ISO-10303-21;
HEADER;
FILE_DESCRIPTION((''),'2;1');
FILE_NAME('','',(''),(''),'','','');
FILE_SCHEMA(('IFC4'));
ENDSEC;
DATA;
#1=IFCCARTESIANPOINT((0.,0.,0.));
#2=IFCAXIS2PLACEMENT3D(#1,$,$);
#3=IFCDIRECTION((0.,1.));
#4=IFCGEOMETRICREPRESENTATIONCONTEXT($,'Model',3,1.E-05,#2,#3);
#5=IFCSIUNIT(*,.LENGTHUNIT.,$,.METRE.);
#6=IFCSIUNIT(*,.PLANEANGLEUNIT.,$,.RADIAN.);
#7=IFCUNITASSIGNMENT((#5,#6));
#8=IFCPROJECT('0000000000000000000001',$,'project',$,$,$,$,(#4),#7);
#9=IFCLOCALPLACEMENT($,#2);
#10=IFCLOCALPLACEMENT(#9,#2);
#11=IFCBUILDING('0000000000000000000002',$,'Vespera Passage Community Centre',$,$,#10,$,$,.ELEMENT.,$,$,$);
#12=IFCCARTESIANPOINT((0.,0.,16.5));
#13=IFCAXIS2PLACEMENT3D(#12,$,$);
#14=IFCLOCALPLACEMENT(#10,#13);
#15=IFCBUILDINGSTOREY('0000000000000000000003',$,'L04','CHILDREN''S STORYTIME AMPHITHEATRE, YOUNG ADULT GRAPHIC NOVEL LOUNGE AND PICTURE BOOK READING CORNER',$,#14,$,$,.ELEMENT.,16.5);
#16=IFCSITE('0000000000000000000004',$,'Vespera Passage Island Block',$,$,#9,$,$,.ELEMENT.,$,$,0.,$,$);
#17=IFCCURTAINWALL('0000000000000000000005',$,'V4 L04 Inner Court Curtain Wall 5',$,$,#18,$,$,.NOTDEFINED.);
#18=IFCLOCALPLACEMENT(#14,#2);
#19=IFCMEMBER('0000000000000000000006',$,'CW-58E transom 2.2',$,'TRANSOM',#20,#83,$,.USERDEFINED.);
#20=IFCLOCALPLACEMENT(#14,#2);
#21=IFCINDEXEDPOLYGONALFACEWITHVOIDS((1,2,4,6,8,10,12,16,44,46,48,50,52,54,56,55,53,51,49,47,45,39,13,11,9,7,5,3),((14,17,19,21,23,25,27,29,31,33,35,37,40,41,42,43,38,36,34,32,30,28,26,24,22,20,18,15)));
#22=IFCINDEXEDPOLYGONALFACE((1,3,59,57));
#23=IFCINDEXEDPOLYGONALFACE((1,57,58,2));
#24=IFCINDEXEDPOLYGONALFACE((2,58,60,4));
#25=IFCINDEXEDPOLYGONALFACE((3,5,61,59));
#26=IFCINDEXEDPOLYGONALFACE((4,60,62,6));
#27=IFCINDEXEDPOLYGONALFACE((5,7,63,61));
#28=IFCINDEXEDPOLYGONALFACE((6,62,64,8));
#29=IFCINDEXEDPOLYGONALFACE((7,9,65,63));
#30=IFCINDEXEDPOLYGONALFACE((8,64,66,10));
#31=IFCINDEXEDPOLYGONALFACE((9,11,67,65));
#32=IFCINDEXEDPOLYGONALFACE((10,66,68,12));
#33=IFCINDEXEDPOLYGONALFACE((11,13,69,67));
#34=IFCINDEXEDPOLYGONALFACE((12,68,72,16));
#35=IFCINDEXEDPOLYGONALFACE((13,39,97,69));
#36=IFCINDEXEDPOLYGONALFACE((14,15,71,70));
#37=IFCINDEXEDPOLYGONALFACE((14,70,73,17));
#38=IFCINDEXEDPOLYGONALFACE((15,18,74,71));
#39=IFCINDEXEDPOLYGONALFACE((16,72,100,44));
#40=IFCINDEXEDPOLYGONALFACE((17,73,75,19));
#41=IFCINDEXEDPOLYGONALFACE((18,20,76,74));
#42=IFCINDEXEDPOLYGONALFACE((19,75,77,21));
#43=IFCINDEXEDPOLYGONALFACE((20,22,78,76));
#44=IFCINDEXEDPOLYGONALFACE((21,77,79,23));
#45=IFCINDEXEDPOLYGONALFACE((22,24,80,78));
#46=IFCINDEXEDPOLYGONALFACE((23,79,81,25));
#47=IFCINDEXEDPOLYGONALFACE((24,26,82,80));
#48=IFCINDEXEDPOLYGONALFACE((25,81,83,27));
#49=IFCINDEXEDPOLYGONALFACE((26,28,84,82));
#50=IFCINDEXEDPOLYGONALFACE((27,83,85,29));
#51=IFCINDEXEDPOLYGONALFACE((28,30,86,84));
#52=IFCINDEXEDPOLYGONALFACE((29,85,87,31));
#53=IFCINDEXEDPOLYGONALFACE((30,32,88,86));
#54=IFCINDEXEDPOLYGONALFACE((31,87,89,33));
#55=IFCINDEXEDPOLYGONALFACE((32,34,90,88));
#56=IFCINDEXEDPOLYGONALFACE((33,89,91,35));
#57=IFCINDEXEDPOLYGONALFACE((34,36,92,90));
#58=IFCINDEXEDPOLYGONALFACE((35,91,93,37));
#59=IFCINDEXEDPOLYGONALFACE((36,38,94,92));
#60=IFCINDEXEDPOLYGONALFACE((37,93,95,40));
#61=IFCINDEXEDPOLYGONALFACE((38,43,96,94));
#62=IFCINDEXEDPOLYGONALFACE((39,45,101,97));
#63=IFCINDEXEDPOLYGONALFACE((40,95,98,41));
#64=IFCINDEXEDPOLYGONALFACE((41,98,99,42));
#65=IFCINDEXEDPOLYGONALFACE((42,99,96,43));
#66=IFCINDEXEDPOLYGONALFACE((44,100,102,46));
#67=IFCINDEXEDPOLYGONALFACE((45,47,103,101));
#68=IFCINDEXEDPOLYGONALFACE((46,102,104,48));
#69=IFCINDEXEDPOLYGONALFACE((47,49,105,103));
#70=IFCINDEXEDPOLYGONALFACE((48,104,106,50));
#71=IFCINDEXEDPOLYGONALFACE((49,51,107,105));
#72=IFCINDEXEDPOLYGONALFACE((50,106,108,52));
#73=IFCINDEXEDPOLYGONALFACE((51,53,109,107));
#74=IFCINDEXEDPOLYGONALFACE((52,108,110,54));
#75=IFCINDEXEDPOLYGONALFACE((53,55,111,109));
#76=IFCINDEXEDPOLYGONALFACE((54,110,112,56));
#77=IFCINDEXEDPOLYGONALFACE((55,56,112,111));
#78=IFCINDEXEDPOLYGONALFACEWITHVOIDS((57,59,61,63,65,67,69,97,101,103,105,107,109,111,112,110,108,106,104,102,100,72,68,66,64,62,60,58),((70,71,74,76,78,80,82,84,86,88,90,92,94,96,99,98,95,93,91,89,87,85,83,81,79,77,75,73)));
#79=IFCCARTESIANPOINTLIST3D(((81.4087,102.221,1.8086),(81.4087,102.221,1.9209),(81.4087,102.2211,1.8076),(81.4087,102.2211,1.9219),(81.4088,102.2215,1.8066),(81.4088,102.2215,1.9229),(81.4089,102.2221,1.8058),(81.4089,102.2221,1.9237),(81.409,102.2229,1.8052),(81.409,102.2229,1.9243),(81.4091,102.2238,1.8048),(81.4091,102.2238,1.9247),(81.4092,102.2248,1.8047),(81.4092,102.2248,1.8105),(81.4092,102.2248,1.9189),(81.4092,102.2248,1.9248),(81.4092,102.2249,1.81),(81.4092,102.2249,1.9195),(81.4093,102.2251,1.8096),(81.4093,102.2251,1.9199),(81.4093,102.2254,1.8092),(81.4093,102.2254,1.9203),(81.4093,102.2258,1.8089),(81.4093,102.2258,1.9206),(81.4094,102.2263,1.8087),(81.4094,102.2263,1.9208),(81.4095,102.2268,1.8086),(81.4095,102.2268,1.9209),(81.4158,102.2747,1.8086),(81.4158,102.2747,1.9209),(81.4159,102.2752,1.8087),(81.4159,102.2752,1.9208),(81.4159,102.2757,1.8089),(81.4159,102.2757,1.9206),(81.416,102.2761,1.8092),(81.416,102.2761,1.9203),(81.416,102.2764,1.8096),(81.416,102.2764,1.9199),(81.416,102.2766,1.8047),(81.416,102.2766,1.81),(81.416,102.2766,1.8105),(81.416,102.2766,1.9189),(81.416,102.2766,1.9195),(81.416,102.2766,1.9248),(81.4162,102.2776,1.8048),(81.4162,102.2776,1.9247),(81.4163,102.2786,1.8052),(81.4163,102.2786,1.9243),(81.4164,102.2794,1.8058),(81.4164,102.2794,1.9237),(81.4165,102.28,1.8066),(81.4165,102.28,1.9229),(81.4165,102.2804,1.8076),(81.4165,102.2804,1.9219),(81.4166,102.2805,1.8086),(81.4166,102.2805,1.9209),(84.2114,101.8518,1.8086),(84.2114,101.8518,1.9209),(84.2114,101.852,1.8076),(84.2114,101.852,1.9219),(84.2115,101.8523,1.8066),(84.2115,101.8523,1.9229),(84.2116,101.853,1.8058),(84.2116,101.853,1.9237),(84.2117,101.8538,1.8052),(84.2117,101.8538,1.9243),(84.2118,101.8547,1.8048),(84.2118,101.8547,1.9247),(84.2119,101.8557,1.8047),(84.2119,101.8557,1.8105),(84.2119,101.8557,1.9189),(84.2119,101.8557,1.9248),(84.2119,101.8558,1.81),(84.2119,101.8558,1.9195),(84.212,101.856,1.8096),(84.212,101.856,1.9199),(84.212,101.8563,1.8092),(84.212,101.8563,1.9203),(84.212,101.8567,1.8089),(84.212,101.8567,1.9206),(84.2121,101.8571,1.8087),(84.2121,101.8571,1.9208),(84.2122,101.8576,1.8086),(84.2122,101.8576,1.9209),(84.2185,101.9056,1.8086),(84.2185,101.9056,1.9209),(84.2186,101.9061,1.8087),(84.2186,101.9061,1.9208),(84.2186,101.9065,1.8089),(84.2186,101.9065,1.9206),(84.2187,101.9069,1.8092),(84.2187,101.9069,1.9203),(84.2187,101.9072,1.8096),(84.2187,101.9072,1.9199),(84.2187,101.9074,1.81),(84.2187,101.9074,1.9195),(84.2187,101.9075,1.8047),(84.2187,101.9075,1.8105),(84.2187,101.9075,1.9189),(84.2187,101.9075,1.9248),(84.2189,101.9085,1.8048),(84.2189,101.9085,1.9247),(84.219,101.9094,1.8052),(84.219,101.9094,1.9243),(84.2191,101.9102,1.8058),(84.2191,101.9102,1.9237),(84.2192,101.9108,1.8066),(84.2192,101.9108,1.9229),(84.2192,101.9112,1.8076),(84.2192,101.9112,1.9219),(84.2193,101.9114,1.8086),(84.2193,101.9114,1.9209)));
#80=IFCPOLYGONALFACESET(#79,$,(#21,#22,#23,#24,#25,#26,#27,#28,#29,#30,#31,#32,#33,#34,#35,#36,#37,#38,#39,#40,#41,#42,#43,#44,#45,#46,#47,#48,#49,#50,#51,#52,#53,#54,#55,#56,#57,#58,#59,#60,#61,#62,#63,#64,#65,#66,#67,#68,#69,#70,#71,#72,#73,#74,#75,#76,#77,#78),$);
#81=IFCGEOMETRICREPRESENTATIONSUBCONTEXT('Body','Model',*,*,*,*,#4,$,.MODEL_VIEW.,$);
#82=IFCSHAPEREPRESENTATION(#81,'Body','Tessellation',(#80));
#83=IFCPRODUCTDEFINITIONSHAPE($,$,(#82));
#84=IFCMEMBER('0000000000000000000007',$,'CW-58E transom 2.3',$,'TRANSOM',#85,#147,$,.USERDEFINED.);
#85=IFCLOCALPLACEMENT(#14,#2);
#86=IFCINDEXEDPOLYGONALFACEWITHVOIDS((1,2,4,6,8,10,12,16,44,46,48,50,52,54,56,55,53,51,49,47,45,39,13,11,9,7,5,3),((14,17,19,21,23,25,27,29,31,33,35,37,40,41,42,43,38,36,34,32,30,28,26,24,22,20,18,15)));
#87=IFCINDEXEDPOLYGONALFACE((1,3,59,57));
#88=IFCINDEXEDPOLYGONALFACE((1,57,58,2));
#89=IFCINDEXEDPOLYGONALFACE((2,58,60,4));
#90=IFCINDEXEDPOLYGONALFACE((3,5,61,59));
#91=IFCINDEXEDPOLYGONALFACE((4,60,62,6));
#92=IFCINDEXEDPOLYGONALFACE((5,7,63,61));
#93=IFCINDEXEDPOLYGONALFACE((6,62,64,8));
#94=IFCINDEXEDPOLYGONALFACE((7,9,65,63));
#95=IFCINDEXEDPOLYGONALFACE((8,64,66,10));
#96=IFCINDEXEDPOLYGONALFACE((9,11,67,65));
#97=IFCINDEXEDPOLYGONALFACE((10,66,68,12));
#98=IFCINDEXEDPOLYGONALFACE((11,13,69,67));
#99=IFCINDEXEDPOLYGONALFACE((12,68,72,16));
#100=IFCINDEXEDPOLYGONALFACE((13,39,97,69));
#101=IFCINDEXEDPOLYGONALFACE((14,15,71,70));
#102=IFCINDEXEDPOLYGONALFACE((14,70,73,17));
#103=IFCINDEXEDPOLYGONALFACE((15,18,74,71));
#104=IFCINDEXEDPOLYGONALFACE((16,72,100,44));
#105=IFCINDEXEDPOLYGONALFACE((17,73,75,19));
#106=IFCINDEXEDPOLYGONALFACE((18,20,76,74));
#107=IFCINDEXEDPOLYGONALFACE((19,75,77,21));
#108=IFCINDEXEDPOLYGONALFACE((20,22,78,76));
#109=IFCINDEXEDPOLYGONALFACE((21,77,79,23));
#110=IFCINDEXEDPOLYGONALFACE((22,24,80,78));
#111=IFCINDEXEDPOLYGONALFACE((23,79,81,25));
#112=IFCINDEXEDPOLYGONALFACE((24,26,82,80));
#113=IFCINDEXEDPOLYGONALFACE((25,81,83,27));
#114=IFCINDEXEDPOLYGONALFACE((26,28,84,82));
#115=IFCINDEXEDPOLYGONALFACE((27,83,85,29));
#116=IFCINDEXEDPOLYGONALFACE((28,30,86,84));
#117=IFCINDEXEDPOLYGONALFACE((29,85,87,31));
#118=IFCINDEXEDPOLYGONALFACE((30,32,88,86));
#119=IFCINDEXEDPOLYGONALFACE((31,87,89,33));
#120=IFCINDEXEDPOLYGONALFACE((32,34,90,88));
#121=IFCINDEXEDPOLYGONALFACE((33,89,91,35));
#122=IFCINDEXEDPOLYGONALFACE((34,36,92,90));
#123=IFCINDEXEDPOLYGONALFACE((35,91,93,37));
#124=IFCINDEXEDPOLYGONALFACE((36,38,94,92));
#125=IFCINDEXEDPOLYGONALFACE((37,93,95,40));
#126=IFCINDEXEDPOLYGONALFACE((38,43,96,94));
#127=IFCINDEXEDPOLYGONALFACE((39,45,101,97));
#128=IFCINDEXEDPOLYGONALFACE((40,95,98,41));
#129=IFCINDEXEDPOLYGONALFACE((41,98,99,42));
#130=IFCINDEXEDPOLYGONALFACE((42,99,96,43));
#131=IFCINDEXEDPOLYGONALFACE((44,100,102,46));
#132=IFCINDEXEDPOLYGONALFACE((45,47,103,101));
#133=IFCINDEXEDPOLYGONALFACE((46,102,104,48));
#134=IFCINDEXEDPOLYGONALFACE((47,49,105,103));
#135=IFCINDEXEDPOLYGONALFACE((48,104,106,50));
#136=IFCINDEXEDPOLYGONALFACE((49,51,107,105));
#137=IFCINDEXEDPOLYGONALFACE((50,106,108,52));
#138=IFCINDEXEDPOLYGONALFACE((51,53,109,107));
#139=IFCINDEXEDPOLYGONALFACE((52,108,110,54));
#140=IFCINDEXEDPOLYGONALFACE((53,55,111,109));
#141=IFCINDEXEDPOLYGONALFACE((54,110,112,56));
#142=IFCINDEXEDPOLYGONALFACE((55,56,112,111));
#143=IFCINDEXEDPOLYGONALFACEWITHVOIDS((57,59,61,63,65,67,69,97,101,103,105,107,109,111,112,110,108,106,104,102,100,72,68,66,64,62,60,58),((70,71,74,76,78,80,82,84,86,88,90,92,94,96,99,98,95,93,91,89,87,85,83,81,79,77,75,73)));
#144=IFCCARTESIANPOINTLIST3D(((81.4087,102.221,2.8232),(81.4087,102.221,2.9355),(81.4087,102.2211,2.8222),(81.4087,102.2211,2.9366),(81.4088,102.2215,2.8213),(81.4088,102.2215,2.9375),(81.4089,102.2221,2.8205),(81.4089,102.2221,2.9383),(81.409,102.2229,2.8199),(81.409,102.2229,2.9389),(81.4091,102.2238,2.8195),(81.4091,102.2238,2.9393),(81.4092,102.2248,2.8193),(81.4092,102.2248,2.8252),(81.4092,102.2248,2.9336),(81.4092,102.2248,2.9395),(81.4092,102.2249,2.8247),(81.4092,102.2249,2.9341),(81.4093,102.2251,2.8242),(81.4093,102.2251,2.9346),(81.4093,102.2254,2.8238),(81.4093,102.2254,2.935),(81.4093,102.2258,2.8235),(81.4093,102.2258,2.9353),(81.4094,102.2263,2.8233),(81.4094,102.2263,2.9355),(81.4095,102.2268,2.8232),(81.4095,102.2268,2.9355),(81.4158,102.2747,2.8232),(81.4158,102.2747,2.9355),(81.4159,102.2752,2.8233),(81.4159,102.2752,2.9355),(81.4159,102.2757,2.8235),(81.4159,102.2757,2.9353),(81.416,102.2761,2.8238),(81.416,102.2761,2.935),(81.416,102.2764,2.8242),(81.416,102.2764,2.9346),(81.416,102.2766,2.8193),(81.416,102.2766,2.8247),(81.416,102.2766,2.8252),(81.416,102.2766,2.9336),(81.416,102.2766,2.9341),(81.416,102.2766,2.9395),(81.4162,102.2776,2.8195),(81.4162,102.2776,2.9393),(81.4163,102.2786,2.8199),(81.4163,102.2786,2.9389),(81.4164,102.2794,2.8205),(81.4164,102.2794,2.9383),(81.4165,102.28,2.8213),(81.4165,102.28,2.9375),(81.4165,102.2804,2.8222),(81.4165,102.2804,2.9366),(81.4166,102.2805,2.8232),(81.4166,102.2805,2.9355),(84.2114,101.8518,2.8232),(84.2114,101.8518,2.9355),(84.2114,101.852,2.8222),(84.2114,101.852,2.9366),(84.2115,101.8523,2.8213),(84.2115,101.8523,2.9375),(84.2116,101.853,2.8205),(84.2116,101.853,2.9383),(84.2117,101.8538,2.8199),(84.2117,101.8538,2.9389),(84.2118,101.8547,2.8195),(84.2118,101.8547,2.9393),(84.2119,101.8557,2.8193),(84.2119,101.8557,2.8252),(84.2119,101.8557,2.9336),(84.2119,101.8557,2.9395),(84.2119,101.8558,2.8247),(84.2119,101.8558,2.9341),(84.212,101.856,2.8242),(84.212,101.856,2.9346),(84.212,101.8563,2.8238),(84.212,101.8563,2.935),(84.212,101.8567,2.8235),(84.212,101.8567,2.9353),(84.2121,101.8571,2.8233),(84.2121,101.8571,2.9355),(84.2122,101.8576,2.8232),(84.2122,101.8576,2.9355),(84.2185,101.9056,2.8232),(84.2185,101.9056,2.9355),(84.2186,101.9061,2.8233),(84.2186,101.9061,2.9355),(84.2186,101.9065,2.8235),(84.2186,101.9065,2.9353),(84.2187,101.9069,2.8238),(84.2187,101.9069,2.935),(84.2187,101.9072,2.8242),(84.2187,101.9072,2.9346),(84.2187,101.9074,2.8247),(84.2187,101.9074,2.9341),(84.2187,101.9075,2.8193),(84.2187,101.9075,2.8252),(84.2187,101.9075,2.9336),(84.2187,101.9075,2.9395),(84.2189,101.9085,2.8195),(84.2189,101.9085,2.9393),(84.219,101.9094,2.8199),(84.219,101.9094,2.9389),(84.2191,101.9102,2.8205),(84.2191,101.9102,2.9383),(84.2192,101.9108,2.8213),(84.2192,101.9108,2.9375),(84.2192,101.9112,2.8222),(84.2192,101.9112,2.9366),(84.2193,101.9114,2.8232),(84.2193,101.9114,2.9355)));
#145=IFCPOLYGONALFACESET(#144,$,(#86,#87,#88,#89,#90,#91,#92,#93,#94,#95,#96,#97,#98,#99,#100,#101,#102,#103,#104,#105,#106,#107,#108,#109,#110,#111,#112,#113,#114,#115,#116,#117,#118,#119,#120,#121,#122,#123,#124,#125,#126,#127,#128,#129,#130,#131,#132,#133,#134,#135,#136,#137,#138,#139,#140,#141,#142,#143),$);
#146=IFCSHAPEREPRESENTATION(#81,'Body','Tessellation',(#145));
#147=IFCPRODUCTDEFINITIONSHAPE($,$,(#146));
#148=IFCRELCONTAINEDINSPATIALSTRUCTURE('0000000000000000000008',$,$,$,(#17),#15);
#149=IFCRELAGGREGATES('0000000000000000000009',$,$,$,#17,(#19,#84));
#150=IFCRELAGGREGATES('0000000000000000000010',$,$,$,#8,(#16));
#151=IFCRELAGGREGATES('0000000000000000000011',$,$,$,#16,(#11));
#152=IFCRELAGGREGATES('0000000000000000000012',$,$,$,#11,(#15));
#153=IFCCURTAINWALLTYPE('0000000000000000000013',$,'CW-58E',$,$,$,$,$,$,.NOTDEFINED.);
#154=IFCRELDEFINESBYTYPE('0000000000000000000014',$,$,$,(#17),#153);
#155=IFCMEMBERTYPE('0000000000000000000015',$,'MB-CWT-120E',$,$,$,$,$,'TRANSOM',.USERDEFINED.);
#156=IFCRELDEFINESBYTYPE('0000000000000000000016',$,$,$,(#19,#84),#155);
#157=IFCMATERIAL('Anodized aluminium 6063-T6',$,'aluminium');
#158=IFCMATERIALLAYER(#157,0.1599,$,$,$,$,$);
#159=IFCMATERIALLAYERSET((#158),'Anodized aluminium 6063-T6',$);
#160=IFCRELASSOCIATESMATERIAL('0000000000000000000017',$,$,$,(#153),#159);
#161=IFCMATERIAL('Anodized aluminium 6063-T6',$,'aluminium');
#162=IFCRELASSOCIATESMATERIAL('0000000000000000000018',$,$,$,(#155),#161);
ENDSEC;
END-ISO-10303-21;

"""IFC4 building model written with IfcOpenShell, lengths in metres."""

from ifc_helpers import new_model, si_unit, direction, frame, origin, origin_2d, place, context, subcontext, project, spatial, hollow_rectangle, extrude, material, layer, layer_set, material_profile, profile_set, type_object, element, aggregate, save


model = new_model("IFC4")

# Units and contexts
model_context = context("Model", 3, precision=1e-05, world=origin(), true_north=direction((0.0, 1.0)))
body_context = subcontext(model_context, "Body", "Model", "MODEL_VIEW")
ifc_project = project(units=[si_unit("LENGTHUNIT", "METRE"), si_unit("PLANEANGLEUNIT", "RADIAN")], contexts=[model_context])

# Site, building, storey
site_placement = place(None, origin())
site = spatial("IfcSite", under=ifc_project, at=site_placement, Name="Vespera Passage Island Block", CompositionType="ELEMENT", RefElevation=0.0)
building_placement = place(site_placement, origin())
building = spatial("IfcBuilding", under=site, at=building_placement, Name="Vespera Passage Community Centre", CompositionType="ELEMENT")
storey_placement = place(building_placement, frame((0.0, 0.0, 16.5)))
storey = spatial("IfcBuildingStorey", under=building, at=storey_placement, Name="L04", Description="CHILDREN'S STORYTIME AMPHITHEATRE, YOUNG ADULT GRAPHIC NOVEL LOUNGE AND PICTURE BOOK READING CORNER", CompositionType="ELEMENT", Elevation=16.5)

# Curtain wall
ifc_material_1 = material(Name="Anodized aluminium 6063-T6", Category="aluminium")
ifc_layer_1 = layer(ifc_material_1, 0.1599)
ifc_layer_set_1 = layer_set([ifc_layer_1], Name="Anodized aluminium 6063-T6")
curtain_wall_type_1 = type_object("IfcCurtainWallType", Name="CW-58E", PredefinedType="NOTDEFINED", material=ifc_layer_set_1)
curtain_wall_1_placement = place(storey_placement, origin())
curtain_wall_1 = element("IfcCurtainWall", 1, at=curtain_wall_1_placement, inside=storey, type_object=curtain_wall_type_1, Name="V4 L04 Inner Court Curtain Wall 5", PredefinedType="NOTDEFINED")

# Members
ifc_material_2 = material(Name="Anodized aluminium 6063-T6", Category="aluminium")
ifc_material_profile_1 = material_profile(ifc_material_2, hollow_rectangle(XDim=0.0601, YDim=0.1201, WallThickness=0.0039, InnerFilletRadius=0.002, OuterFilletRadius=0.0039, at=origin_2d()), Name="ALU120X60X4")
ifc_profile_set_1 = profile_set([ifc_material_profile_1], Name="Anodized aluminium 6063-T6")
member_type_1 = type_object("IfcMemberType", Name="MB-CWT-120E", ElementType="TRANSOM", PredefinedType="USERDEFINED", material=ifc_profile_set_1)
member_1_placement = place(storey_placement, frame((84.2153, 101.8816, 1.8647), z_axis=(-0.991438, 0.13058, 0.0), x_axis=(-0.13058, -0.991438, 0.0)))
member_1 = element("IfcMember", 2, at=member_1_placement, type_object=member_type_1, Name="CW-58E transom 2.2", ObjectType="TRANSOM", PredefinedType="USERDEFINED", context=body_context, shape_type="SweptSolid", body=[
    extrude(hollow_rectangle(XDim=0.0601, YDim=0.1201, WallThickness=0.0039, InnerFilletRadius=0.002, OuterFilletRadius=0.0039, at=origin_2d()), origin(), (0.0, 0.0, 1.0), 2.8269),
])
member_2_placement = place(storey_placement, frame((84.2153, 101.8816, 2.8794), z_axis=(-0.991438, 0.13058, 0.0), x_axis=(-0.13058, -0.991438, 0.0)))
member_2 = element("IfcMember", 3, at=member_2_placement, type_object=member_type_1, Name="CW-58E transom 2.3", ObjectType="TRANSOM", PredefinedType="USERDEFINED", context=body_context, shape_type="SweptSolid", body=[
    extrude(hollow_rectangle(XDim=0.0601, YDim=0.1201, WallThickness=0.0039, InnerFilletRadius=0.002, OuterFilletRadius=0.0039, at=origin_2d()), origin(), (0.0, 0.0, 1.0), 2.8269),
])

aggregate(curtain_wall_1, [member_1, member_2])

save(model, "model.ifc")
